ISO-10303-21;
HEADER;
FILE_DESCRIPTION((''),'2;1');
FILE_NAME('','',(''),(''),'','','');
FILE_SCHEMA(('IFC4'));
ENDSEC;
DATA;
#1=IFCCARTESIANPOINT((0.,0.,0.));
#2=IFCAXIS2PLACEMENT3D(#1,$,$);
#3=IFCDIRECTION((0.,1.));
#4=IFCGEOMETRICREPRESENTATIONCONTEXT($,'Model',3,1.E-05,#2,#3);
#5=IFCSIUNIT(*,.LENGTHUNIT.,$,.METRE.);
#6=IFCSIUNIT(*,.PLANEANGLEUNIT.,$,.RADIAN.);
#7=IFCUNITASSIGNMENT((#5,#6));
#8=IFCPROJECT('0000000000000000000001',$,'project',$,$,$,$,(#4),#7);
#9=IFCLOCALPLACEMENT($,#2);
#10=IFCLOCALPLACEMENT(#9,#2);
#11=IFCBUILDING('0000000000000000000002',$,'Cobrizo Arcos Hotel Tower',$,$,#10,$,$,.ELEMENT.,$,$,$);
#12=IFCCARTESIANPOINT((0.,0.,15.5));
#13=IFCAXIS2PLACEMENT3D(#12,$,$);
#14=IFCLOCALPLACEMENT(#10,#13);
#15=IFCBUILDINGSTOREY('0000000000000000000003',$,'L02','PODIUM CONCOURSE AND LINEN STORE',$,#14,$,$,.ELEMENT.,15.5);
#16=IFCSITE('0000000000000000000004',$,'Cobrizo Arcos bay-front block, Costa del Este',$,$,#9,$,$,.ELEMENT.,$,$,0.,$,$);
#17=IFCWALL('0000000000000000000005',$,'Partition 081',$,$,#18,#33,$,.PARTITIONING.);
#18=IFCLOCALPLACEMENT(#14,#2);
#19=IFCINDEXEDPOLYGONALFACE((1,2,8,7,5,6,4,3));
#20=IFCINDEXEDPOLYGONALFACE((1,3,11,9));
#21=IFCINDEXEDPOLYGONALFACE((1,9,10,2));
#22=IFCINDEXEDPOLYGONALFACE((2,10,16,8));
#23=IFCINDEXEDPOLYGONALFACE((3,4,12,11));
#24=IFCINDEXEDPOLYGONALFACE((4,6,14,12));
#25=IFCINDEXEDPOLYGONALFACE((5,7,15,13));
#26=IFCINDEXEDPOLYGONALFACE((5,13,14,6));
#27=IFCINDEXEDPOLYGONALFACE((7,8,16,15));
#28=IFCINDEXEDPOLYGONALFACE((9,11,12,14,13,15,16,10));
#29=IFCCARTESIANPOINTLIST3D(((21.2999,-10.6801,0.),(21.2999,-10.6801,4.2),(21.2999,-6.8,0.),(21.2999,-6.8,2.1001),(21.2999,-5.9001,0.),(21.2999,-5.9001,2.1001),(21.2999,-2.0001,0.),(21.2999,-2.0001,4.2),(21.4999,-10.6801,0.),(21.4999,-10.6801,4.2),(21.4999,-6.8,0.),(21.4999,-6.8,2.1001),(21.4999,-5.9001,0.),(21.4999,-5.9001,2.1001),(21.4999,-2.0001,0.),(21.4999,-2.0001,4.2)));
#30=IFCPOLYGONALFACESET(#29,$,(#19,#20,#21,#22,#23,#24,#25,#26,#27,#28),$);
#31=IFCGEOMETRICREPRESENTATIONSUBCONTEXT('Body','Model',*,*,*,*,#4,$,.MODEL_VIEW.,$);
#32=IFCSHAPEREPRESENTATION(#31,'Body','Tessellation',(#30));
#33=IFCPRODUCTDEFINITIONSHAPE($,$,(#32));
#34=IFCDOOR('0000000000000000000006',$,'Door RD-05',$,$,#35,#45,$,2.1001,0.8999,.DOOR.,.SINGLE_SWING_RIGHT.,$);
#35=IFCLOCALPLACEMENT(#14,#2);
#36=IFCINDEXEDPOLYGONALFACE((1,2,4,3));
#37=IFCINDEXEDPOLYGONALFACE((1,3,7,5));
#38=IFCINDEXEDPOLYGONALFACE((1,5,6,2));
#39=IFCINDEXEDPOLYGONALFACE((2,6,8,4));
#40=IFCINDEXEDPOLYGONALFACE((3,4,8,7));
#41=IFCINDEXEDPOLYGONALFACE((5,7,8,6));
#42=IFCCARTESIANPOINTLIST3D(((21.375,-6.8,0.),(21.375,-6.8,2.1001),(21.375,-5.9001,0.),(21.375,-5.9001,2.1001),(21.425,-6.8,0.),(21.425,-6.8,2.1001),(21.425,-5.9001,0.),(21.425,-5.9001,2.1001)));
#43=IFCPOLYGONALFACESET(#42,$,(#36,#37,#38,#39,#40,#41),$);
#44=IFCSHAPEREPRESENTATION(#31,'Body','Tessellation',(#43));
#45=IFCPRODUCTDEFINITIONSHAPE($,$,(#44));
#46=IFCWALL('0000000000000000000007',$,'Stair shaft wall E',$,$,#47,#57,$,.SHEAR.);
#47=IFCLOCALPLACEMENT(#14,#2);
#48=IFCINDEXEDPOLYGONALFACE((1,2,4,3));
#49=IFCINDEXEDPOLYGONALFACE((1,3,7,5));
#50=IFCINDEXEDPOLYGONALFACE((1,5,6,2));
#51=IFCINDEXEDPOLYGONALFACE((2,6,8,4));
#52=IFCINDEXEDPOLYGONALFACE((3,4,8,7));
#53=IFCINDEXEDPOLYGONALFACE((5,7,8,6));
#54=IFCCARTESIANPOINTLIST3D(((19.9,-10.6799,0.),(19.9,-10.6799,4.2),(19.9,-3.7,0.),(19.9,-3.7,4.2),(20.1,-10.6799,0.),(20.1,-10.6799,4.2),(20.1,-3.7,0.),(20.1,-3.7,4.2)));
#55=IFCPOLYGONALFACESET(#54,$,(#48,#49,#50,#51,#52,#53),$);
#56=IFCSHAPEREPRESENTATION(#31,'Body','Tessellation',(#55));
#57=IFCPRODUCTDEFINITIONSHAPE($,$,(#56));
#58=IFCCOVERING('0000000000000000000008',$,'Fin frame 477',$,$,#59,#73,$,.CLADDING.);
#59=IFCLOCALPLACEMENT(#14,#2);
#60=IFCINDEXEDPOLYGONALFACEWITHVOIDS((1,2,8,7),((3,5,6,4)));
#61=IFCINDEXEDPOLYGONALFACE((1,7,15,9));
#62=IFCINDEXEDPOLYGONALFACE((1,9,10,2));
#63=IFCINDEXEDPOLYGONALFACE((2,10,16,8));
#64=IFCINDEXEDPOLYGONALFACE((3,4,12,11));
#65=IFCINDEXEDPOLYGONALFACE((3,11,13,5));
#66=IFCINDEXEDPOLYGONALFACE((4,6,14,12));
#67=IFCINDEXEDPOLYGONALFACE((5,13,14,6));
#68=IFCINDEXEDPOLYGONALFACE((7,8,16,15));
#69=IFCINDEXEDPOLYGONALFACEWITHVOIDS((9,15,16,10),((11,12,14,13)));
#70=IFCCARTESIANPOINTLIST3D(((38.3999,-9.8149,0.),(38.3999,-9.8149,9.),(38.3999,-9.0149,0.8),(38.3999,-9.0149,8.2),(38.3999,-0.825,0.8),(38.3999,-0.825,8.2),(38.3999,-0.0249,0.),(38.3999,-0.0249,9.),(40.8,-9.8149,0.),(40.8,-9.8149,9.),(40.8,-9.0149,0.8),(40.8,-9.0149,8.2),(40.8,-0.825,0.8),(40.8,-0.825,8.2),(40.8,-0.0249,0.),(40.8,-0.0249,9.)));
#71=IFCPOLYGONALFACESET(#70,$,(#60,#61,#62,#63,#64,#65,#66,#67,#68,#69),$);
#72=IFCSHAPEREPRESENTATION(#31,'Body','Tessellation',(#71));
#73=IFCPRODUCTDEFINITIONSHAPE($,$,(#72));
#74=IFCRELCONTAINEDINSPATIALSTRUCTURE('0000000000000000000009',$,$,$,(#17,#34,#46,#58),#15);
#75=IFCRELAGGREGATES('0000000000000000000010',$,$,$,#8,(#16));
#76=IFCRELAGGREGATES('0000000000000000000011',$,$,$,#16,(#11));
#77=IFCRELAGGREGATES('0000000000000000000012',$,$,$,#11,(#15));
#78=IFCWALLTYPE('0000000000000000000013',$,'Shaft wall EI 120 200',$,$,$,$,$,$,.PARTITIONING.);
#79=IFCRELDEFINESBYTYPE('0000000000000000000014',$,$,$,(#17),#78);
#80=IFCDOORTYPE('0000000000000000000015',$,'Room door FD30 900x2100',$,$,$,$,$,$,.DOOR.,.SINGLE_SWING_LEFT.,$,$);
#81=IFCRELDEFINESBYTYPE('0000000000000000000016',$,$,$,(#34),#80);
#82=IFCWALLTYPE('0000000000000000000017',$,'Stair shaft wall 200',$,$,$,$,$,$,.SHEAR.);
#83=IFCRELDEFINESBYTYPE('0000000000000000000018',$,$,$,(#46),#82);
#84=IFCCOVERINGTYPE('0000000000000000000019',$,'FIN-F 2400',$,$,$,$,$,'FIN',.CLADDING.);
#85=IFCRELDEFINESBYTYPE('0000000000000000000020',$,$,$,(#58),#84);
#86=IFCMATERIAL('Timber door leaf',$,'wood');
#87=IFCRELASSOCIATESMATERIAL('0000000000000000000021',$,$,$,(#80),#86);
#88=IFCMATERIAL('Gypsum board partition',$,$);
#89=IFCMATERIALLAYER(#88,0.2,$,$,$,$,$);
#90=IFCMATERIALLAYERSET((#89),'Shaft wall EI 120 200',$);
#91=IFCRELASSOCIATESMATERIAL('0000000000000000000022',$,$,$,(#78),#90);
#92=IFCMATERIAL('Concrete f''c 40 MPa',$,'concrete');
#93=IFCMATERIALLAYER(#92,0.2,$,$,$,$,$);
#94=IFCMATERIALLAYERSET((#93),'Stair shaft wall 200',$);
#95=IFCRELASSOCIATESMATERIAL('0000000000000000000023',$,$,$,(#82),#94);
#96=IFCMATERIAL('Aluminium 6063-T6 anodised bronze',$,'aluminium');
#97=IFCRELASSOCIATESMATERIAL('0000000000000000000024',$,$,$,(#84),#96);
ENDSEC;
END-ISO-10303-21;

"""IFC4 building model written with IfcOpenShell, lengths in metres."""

from ifc_helpers import new_model, si_unit, direction, frame, frame_2d, origin, place, context, subcontext, project, spatial, polyline, rectangle, outline, extrude, material, layer, layer_set, type_object, element, fill, save


model = new_model("IFC4")

# Units and contexts
model_context = context("Model", 3, precision=1e-05, world=origin(), true_north=direction((0.0, 1.0)))
body_context = subcontext(model_context, "Body", "Model", "MODEL_VIEW")
ifc_project = project(units=[si_unit("LENGTHUNIT", "METRE"), si_unit("PLANEANGLEUNIT", "RADIAN")], contexts=[model_context])

# Site, building, storey
site_placement = place(None, origin())
site = spatial("IfcSite", under=ifc_project, at=site_placement, Name="Cobrizo Arcos bay-front block, Costa del Este", CompositionType="ELEMENT", RefElevation=0.0)
building_placement = place(site_placement, origin())
building = spatial("IfcBuilding", under=site, at=building_placement, Name="Cobrizo Arcos Hotel Tower", CompositionType="ELEMENT")
storey_placement = place(building_placement, frame((0.0, 0.0, 15.5)))
storey = spatial("IfcBuildingStorey", under=building, at=storey_placement, Name="L02", Description="PODIUM CONCOURSE AND LINEN STORE", CompositionType="ELEMENT", Elevation=15.5)

# Shared definitions
ifc_material_1 = material(Name="Aluminium 6063-T6 anodised bronze", Category="aluminium")

# Shared definitions
ifc_material_2 = material(Name="Gypsum board partition")
ifc_material_3 = material(Name="Timber door leaf", Category="wood")
door_type = type_object("IfcDoorType", Name="Room door FD30 900x2100", OperationType="SINGLE_SWING_LEFT", PredefinedType="DOOR", material=ifc_material_3)

# Wall, opening, door
ifc_layer_1 = layer(ifc_material_2, 0.2)
ifc_layer_set_1 = layer_set([ifc_layer_1], Name="Shaft wall EI 120 200")
wall_type_1 = type_object("IfcWallType", Name="Shaft wall EI 120 200", PredefinedType="PARTITIONING", material=ifc_layer_set_1)
wall_1_placement = place(storey_placement, frame((21.3999, -10.6799, 0.0), z_axis=(0.0, 0.0, 1.0), x_axis=(0.0, 1.0, 0.0)))
wall_1 = element("IfcWall", 1, at=wall_1_placement, inside=storey, type_object=wall_type_1, Name="Partition 081", PredefinedType="PARTITIONING", context=body_context, shape_type="SweptSolid", body=[
    extrude(rectangle(XDim=8.6799, YDim=0.2, at=frame_2d((4.3398, 0.0))), origin(), (0.0, 0.0, 1.0), 4.2),
])
opening_1_placement = place(wall_1_placement, frame((3.8799, 0.0, 0.0)))
opening_1 = element("IfcOpeningElement", 2, at=opening_1_placement, cuts=wall_1, PredefinedType="OPENING", context=body_context, shape_type="SweptSolid", body=[
    extrude(rectangle(XDim=0.8999, YDim=2.1001, at=frame_2d((0.45, 1.05))), frame((0.0, 0.1121, 0.0), z_axis=(0.0, -1.0, 0.0), x_axis=(1.0, 0.0, 0.0)), (0.0, 0.0, 1.0), 0.2239),
])
door_1_placement = place(opening_1_placement, origin())
door_1 = element("IfcDoor", 3, at=door_1_placement, inside=storey, type_object=door_type, Name="Door RD-05", OperationType="SINGLE_SWING_RIGHT", OverallHeight=2.1001, OverallWidth=0.8999, PredefinedType="DOOR", context=body_context, shape_type="SweptSolid", body=[
    extrude(rectangle(XDim=0.8999, YDim=2.1001, at=frame_2d((0.45, 1.05))), frame((0.0, 0.0249, 0.0), z_axis=(0.0, -1.0, 0.0), x_axis=(1.0, 0.0, 0.0)), (0.0, 0.0, 1.0), 0.05),
])
fill(opening_1, door_1)

# Wall
ifc_material_4 = material(Name="Concrete f'c 40 MPa", Category="concrete")
ifc_layer_2 = layer(ifc_material_4, 0.2)
ifc_layer_set_2 = layer_set([ifc_layer_2], Name="Stair shaft wall 200")
wall_type_2 = type_object("IfcWallType", Name="Stair shaft wall 200", PredefinedType="SHEAR", material=ifc_layer_set_2)
wall_2_placement = place(storey_placement, frame((20.0, -10.6799, 0.0), z_axis=(0.0, 0.0, 1.0), x_axis=(0.0, 1.0, 0.0)))
element("IfcWall", 4, at=wall_2_placement, inside=storey, type_object=wall_type_2, Name="Stair shaft wall E", PredefinedType="SHEAR", context=body_context, shape_type="SweptSolid", body=[
    extrude(rectangle(XDim=6.98, YDim=0.2, at=frame_2d((3.49, 0.0))), origin(), (0.0, 0.0, 1.0), 4.2),
])

# Covering
covering_type = type_object("IfcCoveringType", Name="FIN-F 2400", ElementType="FIN", PredefinedType="CLADDING", material=ifc_material_1)
covering_placement = place(storey_placement, frame((38.3999, -9.8149, 0.0), z_axis=(1.0, 0.0, 0.0), x_axis=(0.0, 1.0, 0.0)))
element("IfcCovering", 5, at=covering_placement, inside=storey, type_object=covering_type, Name="Fin frame 477", PredefinedType="CLADDING", context=body_context, shape_type="SweptSolid", body=[
    extrude(outline(polyline([(0.0, 9.0), (0.0, 0.0), (9.79, 0.0), (9.79, 9.0), (0.0, 9.0)]), holes=[polyline([(8.99, 0.8), (0.8, 0.8), (0.8, 8.2), (8.99, 8.2), (8.99, 0.8)])]), origin(), (0.0, 0.0, 1.0), 2.4001),
])

save(model, "model.ifc")
